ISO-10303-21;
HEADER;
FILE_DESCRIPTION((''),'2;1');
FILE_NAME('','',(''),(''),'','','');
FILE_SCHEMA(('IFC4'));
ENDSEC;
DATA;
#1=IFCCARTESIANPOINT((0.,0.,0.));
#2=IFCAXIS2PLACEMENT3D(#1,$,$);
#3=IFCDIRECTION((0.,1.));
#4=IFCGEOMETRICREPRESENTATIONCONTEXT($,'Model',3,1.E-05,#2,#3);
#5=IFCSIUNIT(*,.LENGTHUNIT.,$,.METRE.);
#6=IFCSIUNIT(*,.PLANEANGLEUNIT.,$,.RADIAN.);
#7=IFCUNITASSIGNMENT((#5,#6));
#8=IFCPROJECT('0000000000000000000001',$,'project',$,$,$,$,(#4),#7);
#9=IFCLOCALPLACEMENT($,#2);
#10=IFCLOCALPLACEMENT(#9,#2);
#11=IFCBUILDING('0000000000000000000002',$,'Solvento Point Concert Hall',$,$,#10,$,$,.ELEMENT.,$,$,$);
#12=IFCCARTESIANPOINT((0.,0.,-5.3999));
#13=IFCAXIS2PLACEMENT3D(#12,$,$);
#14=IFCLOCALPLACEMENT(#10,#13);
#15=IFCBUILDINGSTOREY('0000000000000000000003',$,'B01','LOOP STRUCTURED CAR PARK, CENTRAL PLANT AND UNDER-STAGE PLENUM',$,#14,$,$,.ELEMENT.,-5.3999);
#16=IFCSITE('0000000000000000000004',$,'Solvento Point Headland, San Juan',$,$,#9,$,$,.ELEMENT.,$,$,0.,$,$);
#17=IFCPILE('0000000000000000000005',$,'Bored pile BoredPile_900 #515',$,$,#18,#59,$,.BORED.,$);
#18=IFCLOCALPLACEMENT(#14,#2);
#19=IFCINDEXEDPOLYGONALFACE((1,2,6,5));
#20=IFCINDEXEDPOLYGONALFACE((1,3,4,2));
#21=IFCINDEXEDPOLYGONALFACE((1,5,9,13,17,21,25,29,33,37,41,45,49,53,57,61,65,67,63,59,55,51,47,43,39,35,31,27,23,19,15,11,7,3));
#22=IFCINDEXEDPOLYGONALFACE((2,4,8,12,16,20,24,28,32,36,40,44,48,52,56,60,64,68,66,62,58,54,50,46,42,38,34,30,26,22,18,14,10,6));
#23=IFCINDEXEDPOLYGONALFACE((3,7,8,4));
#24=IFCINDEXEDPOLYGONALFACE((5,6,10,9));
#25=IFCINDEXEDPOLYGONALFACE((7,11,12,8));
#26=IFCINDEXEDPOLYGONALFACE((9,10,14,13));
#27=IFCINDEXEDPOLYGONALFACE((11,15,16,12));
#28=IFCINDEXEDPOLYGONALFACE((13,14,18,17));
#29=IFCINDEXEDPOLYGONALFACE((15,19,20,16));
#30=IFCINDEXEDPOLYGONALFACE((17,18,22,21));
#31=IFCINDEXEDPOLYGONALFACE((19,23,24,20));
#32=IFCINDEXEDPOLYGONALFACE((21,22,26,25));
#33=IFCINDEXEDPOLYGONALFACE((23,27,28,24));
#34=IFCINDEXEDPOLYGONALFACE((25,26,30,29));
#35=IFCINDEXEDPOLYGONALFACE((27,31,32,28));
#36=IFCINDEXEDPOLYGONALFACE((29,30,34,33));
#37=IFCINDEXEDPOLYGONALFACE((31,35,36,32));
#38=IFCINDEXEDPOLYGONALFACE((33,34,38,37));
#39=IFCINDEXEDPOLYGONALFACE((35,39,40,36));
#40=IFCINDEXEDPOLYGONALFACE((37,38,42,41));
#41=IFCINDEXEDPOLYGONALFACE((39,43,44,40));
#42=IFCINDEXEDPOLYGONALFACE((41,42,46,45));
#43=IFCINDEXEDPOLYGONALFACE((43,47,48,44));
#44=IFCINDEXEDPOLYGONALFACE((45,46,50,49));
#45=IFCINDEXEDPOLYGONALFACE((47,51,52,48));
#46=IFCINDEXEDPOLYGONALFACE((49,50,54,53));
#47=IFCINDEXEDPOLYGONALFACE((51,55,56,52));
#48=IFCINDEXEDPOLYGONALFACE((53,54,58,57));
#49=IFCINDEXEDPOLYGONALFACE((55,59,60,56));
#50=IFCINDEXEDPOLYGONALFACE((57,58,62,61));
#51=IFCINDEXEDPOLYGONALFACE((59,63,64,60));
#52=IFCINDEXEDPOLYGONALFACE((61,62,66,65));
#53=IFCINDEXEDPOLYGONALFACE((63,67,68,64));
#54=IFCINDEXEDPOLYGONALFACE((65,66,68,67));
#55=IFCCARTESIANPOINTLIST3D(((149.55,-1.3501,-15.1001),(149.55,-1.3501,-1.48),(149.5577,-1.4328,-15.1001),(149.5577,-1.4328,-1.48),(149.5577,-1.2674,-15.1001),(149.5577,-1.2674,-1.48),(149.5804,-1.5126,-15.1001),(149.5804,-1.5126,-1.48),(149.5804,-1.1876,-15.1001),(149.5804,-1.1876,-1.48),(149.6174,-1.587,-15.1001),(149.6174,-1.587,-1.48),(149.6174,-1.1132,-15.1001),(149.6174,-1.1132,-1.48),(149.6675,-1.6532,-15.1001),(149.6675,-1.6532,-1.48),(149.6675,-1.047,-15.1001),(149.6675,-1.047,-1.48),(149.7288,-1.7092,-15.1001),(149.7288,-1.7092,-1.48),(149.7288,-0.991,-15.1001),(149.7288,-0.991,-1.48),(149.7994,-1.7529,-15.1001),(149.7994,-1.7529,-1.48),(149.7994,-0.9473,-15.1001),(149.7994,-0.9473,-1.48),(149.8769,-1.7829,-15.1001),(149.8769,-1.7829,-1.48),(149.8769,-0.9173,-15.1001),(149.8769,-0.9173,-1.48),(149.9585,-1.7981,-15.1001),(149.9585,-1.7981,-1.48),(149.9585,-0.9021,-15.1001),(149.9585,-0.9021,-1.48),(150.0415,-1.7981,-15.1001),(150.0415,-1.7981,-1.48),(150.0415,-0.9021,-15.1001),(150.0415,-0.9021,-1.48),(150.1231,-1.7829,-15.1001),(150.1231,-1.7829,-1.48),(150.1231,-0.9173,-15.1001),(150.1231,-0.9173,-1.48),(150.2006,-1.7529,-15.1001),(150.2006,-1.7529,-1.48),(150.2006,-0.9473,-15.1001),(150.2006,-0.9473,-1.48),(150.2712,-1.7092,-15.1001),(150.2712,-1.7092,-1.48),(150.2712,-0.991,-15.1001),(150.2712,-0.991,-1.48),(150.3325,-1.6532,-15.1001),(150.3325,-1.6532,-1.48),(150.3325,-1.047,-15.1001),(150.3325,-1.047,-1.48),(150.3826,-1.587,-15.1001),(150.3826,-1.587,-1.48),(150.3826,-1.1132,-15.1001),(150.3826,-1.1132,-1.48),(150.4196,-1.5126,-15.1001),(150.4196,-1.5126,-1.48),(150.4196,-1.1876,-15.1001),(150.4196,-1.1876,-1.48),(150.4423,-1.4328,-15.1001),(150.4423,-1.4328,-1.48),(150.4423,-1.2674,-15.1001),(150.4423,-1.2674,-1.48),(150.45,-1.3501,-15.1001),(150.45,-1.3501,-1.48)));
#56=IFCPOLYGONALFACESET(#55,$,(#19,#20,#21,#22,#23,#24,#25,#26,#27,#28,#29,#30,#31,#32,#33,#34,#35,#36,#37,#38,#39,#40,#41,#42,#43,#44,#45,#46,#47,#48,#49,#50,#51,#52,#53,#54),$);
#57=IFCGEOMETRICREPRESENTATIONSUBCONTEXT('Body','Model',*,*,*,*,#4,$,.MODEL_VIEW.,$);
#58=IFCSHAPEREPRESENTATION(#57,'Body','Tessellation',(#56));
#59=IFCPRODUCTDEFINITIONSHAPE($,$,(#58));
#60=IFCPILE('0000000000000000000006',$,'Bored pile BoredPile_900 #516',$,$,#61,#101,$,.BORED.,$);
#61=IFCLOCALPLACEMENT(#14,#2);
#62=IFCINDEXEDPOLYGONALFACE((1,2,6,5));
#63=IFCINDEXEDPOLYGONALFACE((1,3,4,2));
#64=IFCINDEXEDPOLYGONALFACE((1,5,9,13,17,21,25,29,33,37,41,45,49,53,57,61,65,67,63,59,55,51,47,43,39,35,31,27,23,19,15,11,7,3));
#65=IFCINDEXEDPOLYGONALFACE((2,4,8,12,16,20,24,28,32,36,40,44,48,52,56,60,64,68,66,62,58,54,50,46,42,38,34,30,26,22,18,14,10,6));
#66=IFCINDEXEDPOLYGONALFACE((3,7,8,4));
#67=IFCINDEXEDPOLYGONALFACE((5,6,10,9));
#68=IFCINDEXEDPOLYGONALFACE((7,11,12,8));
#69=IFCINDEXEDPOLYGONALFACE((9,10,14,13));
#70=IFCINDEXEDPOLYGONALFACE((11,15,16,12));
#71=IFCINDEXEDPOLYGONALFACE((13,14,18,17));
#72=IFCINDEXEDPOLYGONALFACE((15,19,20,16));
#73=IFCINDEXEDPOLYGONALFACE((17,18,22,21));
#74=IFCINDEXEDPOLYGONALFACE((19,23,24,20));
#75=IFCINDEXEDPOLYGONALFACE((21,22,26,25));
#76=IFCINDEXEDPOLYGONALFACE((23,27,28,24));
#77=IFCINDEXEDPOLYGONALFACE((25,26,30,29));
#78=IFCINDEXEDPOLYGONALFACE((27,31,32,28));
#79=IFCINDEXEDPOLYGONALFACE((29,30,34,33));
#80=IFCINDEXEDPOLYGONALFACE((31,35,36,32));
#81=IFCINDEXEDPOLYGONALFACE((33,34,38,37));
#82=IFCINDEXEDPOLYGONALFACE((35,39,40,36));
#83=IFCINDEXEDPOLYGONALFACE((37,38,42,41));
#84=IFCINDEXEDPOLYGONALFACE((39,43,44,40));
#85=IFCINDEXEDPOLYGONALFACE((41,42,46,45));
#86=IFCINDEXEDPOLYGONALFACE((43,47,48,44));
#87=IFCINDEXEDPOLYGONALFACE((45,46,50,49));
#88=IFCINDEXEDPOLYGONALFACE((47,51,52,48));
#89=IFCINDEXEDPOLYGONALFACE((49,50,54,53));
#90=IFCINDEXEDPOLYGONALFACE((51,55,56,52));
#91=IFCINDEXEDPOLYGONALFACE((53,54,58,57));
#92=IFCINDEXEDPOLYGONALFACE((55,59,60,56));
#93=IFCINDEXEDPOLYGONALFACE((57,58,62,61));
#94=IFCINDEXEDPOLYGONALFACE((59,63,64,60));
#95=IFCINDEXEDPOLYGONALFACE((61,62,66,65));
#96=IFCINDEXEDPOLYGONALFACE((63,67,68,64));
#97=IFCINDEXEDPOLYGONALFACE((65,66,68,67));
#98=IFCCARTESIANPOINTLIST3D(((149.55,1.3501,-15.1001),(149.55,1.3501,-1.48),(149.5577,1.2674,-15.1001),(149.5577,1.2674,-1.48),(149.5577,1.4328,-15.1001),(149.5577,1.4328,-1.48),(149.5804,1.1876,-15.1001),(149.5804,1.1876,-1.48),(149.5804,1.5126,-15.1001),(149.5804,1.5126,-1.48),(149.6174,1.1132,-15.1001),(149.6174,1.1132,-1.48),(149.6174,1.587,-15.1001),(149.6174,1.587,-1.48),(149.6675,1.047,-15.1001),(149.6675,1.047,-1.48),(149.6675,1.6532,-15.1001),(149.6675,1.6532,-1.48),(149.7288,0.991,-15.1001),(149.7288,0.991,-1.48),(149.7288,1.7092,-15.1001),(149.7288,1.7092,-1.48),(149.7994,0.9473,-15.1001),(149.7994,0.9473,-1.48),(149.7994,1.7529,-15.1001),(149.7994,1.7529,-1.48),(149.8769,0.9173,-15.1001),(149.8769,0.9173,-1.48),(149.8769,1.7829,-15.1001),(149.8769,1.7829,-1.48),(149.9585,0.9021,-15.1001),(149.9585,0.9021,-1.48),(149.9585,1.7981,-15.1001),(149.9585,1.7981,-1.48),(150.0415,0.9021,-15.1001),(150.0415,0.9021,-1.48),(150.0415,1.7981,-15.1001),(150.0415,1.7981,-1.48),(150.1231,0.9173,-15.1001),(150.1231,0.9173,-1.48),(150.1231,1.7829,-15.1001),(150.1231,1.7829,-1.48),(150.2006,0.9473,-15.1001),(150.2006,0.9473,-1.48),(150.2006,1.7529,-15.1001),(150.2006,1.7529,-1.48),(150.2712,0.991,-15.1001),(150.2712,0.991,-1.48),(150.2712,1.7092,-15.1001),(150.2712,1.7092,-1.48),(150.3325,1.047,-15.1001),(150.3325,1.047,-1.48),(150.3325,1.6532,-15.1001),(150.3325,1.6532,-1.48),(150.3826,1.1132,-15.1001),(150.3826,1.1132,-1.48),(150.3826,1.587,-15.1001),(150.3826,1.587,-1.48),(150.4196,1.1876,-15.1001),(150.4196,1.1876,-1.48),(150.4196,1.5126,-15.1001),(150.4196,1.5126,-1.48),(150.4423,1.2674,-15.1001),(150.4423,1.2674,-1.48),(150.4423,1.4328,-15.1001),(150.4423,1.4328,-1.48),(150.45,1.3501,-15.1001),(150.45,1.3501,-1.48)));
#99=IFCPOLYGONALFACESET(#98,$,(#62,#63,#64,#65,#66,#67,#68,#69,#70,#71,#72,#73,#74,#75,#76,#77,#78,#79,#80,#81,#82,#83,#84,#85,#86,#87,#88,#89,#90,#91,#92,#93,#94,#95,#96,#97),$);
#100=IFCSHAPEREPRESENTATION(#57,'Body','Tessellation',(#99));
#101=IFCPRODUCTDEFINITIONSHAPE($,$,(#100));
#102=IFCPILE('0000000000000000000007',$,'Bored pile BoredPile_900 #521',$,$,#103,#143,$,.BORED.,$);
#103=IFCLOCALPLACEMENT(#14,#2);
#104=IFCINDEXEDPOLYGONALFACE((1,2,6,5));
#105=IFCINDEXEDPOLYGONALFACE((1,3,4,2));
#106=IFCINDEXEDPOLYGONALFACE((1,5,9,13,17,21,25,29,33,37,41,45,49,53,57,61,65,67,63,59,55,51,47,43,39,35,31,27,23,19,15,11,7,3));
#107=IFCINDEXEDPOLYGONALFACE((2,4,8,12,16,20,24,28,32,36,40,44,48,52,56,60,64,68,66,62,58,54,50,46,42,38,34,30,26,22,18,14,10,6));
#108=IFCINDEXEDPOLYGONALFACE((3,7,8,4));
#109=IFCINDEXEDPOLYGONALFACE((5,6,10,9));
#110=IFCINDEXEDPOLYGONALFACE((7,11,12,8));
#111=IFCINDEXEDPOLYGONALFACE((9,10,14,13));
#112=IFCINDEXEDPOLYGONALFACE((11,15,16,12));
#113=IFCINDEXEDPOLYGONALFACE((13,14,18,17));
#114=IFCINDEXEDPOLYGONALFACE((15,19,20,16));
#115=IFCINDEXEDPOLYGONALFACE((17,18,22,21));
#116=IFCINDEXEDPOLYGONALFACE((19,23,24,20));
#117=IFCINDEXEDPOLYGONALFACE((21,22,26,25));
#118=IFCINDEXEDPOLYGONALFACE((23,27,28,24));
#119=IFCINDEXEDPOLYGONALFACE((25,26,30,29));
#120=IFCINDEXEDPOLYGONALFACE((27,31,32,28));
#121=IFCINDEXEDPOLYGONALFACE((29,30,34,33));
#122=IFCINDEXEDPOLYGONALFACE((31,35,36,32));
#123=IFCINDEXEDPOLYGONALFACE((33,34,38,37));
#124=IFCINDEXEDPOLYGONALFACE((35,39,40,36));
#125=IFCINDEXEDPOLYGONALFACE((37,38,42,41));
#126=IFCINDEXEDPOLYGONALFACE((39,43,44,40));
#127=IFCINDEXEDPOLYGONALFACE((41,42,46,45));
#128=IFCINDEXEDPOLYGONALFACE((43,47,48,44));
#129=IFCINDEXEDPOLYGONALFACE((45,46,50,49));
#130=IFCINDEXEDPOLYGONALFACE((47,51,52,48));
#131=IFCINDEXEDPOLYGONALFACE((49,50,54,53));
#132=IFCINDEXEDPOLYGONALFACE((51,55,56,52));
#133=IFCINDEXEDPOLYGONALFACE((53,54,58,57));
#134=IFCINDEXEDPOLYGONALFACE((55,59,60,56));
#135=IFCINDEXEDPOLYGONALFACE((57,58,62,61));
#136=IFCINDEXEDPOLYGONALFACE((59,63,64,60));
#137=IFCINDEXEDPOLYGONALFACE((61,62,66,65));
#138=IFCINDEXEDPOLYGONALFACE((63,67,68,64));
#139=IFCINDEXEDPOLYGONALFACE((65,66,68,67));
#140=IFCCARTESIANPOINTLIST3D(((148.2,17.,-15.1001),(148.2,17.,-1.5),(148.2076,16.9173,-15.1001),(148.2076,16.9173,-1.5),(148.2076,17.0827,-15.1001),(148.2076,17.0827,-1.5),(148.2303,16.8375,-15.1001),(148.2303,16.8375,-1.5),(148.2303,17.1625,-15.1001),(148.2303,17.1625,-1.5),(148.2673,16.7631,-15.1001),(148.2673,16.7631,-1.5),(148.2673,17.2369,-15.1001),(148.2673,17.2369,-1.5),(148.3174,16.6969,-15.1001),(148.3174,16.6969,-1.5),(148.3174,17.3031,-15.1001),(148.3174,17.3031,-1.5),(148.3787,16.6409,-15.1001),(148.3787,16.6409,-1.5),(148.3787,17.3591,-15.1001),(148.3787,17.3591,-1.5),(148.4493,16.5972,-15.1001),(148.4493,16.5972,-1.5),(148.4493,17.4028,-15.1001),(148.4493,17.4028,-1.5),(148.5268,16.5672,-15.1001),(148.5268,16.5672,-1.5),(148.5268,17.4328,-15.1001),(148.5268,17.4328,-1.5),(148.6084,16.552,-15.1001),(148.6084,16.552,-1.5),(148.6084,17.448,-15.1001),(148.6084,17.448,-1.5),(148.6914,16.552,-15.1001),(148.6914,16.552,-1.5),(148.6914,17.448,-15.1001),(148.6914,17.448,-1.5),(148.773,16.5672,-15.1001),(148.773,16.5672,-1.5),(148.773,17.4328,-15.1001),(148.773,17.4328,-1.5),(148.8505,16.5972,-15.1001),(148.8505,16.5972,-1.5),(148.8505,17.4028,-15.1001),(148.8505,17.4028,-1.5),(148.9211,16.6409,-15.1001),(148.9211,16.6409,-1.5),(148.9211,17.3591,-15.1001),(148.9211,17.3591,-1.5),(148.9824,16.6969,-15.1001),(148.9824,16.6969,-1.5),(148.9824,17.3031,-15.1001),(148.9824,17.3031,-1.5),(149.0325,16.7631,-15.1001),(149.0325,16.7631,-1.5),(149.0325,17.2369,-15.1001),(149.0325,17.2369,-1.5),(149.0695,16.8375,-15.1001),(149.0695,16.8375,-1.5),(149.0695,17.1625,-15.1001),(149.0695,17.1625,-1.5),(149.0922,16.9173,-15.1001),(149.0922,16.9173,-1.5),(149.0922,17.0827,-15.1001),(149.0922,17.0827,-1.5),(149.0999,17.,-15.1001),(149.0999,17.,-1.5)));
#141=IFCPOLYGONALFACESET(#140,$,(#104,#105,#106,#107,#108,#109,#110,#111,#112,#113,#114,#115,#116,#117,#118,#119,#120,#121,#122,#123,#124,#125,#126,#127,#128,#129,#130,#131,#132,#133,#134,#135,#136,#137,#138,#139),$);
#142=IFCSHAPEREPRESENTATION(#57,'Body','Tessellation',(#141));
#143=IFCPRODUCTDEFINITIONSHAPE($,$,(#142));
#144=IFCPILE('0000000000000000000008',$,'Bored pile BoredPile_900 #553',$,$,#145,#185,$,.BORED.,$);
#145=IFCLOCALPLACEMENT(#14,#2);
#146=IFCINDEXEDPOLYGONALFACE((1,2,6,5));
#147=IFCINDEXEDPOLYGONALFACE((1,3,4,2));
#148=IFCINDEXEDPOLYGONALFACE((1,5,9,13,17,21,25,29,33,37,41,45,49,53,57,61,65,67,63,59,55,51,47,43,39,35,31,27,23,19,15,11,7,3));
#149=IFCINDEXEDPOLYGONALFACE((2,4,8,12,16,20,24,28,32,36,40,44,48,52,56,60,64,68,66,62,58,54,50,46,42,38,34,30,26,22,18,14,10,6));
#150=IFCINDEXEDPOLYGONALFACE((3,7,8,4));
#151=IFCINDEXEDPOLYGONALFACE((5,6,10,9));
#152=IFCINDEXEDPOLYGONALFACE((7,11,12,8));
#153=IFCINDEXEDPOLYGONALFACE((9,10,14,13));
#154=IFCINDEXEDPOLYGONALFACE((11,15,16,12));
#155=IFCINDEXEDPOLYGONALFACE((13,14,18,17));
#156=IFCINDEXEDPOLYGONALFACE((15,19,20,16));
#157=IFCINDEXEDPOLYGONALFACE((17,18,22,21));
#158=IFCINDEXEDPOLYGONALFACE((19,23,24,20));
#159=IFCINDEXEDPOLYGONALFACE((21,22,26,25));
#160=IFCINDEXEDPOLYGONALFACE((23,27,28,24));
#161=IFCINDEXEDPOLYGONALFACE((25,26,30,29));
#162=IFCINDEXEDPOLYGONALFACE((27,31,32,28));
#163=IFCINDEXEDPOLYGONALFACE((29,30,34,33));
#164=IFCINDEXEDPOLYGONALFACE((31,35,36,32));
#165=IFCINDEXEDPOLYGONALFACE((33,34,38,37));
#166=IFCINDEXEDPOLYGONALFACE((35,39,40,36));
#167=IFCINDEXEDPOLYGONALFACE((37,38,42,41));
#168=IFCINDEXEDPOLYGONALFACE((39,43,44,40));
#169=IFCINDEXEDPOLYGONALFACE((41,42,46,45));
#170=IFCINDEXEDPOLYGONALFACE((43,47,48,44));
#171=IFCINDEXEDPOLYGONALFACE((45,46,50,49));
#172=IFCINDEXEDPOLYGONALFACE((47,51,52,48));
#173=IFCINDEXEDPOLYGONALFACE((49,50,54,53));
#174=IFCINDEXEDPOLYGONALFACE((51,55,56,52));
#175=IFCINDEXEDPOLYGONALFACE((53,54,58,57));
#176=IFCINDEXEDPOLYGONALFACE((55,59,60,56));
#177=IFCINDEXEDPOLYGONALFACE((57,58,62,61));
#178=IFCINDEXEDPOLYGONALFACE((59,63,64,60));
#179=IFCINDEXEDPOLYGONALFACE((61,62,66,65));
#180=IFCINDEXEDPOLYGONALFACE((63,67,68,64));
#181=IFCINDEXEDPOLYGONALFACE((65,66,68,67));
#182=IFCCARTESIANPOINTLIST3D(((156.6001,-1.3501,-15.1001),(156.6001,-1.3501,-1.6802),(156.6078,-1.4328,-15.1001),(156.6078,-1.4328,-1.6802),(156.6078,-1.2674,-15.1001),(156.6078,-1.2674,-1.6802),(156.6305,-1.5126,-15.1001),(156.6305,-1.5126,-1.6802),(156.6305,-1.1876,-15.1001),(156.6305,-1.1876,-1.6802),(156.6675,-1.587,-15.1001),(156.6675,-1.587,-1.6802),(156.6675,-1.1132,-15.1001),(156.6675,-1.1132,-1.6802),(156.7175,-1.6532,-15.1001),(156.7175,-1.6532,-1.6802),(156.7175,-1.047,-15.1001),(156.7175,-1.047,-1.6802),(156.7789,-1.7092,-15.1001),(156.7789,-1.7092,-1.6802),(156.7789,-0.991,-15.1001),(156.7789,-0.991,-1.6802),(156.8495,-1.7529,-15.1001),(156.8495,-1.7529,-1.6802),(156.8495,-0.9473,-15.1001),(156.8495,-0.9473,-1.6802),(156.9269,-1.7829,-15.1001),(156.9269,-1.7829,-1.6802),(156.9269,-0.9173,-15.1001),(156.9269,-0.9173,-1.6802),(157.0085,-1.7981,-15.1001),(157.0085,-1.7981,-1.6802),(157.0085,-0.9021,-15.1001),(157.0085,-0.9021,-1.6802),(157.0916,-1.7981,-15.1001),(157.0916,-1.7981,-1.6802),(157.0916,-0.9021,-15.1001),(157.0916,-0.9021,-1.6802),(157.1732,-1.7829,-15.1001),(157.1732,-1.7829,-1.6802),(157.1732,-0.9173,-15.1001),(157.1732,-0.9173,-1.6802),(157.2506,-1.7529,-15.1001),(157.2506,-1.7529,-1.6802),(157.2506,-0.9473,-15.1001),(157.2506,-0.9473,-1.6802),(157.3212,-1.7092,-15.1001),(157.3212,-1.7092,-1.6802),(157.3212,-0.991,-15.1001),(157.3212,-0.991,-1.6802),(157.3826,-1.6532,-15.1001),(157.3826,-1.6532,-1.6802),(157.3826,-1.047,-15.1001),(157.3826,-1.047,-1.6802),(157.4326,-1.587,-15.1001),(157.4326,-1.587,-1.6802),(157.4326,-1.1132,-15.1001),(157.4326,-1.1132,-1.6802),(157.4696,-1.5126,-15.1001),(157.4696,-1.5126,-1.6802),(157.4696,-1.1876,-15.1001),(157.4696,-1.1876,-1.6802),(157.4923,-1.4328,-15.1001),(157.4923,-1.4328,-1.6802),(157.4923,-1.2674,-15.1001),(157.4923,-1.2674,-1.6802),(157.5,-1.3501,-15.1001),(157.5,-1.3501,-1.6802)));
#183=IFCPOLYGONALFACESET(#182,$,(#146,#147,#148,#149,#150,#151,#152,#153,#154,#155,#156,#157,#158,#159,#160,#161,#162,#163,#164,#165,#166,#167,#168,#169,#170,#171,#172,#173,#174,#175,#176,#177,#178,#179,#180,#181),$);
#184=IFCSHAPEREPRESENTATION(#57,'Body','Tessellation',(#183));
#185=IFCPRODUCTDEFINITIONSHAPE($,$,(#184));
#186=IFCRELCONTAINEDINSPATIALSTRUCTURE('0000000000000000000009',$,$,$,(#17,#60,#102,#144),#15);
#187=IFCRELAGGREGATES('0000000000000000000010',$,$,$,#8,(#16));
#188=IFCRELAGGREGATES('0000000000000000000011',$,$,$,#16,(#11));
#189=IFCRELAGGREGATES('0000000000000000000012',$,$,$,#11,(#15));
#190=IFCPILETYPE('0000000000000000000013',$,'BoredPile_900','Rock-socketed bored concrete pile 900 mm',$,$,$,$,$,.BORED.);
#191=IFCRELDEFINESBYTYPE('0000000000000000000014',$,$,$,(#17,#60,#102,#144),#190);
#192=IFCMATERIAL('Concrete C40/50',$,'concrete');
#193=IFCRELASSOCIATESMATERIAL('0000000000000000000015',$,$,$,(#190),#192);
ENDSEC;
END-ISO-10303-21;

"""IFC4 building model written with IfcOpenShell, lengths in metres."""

from ifc_helpers import new_model, si_unit, direction, frame, origin, origin_2d, place, context, subcontext, project, spatial, circle, extrude, material, material_profile, profile_set, type_object, element, save


model = new_model("IFC4")

# Units and contexts
model_context = context("Model", 3, precision=1e-05, world=origin(), true_north=direction((0.0, 1.0)))
body_context = subcontext(model_context, "Body", "Model", "MODEL_VIEW")
ifc_project = project(units=[si_unit("LENGTHUNIT", "METRE"), si_unit("PLANEANGLEUNIT", "RADIAN")], contexts=[model_context])

# Site, building, storey
site_placement = place(None, origin())
site = spatial("IfcSite", under=ifc_project, at=site_placement, Name="Solvento Point Headland, San Juan", CompositionType="ELEMENT", RefElevation=0.0)
building_placement = place(site_placement, origin())
building = spatial("IfcBuilding", under=site, at=building_placement, Name="Solvento Point Concert Hall", CompositionType="ELEMENT")
storey_placement = place(building_placement, frame((0.0, 0.0, -5.3999)))
storey = spatial("IfcBuildingStorey", under=building, at=storey_placement, Name="B01", Description="LOOP STRUCTURED CAR PARK, CENTRAL PLANT AND UNDER-STAGE PLENUM", CompositionType="ELEMENT", Elevation=-5.3999)

# Piles
ifc_material_1 = material(Name="Concrete C40/50", Category="concrete")
ifc_material_profile_1 = material_profile(ifc_material_1, circle(Radius=0.45, at=origin_2d()), Name="BP-900")
ifc_profile_set_1 = profile_set([ifc_material_profile_1], Name="Concrete C40/50")
pile_type_1 = type_object("IfcPileType", Name="BoredPile_900", Description="Rock-socketed bored concrete pile 900 mm", PredefinedType="BORED", material=ifc_profile_set_1)
for number, where, z_axis, x_axis, name in (
    (1, (150.0, -1.3501, -1.48), (0.0, 0.0, -1.0), (1.0, 0.0, 0.0), "Bored pile BoredPile_900 #515"),
    (2, (150.0, 1.3501, -1.48), (0.0, 0.0, -1.0), (1.0, 0.0, 0.0), "Bored pile BoredPile_900 #516"),
):
    element("IfcPile", number, at=place(storey_placement, frame(where, z_axis=z_axis, x_axis=x_axis)), inside=storey, type_object=pile_type_1, Name=name, PredefinedType="BORED", context=body_context, shape_type="SweptSolid", body=[
        extrude(circle(Radius=0.45, at=origin_2d()), origin(), (0.0, 0.0, 1.0), 13.6201),
    ])
pile_1_placement = place(storey_placement, frame((148.6499, 17.0, -1.5), z_axis=(0.0, 0.0, -1.0), x_axis=(1.0, 0.0, 0.0)))
element("IfcPile", 3, at=pile_1_placement, inside=storey, type_object=pile_type_1, Name="Bored pile BoredPile_900 #521", PredefinedType="BORED", context=body_context, shape_type="SweptSolid", body=[
    extrude(circle(Radius=0.45, at=origin_2d()), origin(), (0.0, 0.0, 1.0), 13.6001),
])
for number, where, z_axis, x_axis, name in (
    (4, (157.05, -1.3501, -1.6802), (0.0, 0.0, -1.0), (1.0, 0.0, 0.0), "Bored pile BoredPile_900 #553"),
):
    element("IfcPile", number, at=place(storey_placement, frame(where, z_axis=z_axis, x_axis=x_axis)), inside=storey, type_object=pile_type_1, Name=name, PredefinedType="BORED", context=body_context, shape_type="SweptSolid", body=[
        extrude(circle(Radius=0.45, at=origin_2d()), origin(), (0.0, 0.0, 1.0), 13.4199),
    ])

save(model, "model.ifc")
